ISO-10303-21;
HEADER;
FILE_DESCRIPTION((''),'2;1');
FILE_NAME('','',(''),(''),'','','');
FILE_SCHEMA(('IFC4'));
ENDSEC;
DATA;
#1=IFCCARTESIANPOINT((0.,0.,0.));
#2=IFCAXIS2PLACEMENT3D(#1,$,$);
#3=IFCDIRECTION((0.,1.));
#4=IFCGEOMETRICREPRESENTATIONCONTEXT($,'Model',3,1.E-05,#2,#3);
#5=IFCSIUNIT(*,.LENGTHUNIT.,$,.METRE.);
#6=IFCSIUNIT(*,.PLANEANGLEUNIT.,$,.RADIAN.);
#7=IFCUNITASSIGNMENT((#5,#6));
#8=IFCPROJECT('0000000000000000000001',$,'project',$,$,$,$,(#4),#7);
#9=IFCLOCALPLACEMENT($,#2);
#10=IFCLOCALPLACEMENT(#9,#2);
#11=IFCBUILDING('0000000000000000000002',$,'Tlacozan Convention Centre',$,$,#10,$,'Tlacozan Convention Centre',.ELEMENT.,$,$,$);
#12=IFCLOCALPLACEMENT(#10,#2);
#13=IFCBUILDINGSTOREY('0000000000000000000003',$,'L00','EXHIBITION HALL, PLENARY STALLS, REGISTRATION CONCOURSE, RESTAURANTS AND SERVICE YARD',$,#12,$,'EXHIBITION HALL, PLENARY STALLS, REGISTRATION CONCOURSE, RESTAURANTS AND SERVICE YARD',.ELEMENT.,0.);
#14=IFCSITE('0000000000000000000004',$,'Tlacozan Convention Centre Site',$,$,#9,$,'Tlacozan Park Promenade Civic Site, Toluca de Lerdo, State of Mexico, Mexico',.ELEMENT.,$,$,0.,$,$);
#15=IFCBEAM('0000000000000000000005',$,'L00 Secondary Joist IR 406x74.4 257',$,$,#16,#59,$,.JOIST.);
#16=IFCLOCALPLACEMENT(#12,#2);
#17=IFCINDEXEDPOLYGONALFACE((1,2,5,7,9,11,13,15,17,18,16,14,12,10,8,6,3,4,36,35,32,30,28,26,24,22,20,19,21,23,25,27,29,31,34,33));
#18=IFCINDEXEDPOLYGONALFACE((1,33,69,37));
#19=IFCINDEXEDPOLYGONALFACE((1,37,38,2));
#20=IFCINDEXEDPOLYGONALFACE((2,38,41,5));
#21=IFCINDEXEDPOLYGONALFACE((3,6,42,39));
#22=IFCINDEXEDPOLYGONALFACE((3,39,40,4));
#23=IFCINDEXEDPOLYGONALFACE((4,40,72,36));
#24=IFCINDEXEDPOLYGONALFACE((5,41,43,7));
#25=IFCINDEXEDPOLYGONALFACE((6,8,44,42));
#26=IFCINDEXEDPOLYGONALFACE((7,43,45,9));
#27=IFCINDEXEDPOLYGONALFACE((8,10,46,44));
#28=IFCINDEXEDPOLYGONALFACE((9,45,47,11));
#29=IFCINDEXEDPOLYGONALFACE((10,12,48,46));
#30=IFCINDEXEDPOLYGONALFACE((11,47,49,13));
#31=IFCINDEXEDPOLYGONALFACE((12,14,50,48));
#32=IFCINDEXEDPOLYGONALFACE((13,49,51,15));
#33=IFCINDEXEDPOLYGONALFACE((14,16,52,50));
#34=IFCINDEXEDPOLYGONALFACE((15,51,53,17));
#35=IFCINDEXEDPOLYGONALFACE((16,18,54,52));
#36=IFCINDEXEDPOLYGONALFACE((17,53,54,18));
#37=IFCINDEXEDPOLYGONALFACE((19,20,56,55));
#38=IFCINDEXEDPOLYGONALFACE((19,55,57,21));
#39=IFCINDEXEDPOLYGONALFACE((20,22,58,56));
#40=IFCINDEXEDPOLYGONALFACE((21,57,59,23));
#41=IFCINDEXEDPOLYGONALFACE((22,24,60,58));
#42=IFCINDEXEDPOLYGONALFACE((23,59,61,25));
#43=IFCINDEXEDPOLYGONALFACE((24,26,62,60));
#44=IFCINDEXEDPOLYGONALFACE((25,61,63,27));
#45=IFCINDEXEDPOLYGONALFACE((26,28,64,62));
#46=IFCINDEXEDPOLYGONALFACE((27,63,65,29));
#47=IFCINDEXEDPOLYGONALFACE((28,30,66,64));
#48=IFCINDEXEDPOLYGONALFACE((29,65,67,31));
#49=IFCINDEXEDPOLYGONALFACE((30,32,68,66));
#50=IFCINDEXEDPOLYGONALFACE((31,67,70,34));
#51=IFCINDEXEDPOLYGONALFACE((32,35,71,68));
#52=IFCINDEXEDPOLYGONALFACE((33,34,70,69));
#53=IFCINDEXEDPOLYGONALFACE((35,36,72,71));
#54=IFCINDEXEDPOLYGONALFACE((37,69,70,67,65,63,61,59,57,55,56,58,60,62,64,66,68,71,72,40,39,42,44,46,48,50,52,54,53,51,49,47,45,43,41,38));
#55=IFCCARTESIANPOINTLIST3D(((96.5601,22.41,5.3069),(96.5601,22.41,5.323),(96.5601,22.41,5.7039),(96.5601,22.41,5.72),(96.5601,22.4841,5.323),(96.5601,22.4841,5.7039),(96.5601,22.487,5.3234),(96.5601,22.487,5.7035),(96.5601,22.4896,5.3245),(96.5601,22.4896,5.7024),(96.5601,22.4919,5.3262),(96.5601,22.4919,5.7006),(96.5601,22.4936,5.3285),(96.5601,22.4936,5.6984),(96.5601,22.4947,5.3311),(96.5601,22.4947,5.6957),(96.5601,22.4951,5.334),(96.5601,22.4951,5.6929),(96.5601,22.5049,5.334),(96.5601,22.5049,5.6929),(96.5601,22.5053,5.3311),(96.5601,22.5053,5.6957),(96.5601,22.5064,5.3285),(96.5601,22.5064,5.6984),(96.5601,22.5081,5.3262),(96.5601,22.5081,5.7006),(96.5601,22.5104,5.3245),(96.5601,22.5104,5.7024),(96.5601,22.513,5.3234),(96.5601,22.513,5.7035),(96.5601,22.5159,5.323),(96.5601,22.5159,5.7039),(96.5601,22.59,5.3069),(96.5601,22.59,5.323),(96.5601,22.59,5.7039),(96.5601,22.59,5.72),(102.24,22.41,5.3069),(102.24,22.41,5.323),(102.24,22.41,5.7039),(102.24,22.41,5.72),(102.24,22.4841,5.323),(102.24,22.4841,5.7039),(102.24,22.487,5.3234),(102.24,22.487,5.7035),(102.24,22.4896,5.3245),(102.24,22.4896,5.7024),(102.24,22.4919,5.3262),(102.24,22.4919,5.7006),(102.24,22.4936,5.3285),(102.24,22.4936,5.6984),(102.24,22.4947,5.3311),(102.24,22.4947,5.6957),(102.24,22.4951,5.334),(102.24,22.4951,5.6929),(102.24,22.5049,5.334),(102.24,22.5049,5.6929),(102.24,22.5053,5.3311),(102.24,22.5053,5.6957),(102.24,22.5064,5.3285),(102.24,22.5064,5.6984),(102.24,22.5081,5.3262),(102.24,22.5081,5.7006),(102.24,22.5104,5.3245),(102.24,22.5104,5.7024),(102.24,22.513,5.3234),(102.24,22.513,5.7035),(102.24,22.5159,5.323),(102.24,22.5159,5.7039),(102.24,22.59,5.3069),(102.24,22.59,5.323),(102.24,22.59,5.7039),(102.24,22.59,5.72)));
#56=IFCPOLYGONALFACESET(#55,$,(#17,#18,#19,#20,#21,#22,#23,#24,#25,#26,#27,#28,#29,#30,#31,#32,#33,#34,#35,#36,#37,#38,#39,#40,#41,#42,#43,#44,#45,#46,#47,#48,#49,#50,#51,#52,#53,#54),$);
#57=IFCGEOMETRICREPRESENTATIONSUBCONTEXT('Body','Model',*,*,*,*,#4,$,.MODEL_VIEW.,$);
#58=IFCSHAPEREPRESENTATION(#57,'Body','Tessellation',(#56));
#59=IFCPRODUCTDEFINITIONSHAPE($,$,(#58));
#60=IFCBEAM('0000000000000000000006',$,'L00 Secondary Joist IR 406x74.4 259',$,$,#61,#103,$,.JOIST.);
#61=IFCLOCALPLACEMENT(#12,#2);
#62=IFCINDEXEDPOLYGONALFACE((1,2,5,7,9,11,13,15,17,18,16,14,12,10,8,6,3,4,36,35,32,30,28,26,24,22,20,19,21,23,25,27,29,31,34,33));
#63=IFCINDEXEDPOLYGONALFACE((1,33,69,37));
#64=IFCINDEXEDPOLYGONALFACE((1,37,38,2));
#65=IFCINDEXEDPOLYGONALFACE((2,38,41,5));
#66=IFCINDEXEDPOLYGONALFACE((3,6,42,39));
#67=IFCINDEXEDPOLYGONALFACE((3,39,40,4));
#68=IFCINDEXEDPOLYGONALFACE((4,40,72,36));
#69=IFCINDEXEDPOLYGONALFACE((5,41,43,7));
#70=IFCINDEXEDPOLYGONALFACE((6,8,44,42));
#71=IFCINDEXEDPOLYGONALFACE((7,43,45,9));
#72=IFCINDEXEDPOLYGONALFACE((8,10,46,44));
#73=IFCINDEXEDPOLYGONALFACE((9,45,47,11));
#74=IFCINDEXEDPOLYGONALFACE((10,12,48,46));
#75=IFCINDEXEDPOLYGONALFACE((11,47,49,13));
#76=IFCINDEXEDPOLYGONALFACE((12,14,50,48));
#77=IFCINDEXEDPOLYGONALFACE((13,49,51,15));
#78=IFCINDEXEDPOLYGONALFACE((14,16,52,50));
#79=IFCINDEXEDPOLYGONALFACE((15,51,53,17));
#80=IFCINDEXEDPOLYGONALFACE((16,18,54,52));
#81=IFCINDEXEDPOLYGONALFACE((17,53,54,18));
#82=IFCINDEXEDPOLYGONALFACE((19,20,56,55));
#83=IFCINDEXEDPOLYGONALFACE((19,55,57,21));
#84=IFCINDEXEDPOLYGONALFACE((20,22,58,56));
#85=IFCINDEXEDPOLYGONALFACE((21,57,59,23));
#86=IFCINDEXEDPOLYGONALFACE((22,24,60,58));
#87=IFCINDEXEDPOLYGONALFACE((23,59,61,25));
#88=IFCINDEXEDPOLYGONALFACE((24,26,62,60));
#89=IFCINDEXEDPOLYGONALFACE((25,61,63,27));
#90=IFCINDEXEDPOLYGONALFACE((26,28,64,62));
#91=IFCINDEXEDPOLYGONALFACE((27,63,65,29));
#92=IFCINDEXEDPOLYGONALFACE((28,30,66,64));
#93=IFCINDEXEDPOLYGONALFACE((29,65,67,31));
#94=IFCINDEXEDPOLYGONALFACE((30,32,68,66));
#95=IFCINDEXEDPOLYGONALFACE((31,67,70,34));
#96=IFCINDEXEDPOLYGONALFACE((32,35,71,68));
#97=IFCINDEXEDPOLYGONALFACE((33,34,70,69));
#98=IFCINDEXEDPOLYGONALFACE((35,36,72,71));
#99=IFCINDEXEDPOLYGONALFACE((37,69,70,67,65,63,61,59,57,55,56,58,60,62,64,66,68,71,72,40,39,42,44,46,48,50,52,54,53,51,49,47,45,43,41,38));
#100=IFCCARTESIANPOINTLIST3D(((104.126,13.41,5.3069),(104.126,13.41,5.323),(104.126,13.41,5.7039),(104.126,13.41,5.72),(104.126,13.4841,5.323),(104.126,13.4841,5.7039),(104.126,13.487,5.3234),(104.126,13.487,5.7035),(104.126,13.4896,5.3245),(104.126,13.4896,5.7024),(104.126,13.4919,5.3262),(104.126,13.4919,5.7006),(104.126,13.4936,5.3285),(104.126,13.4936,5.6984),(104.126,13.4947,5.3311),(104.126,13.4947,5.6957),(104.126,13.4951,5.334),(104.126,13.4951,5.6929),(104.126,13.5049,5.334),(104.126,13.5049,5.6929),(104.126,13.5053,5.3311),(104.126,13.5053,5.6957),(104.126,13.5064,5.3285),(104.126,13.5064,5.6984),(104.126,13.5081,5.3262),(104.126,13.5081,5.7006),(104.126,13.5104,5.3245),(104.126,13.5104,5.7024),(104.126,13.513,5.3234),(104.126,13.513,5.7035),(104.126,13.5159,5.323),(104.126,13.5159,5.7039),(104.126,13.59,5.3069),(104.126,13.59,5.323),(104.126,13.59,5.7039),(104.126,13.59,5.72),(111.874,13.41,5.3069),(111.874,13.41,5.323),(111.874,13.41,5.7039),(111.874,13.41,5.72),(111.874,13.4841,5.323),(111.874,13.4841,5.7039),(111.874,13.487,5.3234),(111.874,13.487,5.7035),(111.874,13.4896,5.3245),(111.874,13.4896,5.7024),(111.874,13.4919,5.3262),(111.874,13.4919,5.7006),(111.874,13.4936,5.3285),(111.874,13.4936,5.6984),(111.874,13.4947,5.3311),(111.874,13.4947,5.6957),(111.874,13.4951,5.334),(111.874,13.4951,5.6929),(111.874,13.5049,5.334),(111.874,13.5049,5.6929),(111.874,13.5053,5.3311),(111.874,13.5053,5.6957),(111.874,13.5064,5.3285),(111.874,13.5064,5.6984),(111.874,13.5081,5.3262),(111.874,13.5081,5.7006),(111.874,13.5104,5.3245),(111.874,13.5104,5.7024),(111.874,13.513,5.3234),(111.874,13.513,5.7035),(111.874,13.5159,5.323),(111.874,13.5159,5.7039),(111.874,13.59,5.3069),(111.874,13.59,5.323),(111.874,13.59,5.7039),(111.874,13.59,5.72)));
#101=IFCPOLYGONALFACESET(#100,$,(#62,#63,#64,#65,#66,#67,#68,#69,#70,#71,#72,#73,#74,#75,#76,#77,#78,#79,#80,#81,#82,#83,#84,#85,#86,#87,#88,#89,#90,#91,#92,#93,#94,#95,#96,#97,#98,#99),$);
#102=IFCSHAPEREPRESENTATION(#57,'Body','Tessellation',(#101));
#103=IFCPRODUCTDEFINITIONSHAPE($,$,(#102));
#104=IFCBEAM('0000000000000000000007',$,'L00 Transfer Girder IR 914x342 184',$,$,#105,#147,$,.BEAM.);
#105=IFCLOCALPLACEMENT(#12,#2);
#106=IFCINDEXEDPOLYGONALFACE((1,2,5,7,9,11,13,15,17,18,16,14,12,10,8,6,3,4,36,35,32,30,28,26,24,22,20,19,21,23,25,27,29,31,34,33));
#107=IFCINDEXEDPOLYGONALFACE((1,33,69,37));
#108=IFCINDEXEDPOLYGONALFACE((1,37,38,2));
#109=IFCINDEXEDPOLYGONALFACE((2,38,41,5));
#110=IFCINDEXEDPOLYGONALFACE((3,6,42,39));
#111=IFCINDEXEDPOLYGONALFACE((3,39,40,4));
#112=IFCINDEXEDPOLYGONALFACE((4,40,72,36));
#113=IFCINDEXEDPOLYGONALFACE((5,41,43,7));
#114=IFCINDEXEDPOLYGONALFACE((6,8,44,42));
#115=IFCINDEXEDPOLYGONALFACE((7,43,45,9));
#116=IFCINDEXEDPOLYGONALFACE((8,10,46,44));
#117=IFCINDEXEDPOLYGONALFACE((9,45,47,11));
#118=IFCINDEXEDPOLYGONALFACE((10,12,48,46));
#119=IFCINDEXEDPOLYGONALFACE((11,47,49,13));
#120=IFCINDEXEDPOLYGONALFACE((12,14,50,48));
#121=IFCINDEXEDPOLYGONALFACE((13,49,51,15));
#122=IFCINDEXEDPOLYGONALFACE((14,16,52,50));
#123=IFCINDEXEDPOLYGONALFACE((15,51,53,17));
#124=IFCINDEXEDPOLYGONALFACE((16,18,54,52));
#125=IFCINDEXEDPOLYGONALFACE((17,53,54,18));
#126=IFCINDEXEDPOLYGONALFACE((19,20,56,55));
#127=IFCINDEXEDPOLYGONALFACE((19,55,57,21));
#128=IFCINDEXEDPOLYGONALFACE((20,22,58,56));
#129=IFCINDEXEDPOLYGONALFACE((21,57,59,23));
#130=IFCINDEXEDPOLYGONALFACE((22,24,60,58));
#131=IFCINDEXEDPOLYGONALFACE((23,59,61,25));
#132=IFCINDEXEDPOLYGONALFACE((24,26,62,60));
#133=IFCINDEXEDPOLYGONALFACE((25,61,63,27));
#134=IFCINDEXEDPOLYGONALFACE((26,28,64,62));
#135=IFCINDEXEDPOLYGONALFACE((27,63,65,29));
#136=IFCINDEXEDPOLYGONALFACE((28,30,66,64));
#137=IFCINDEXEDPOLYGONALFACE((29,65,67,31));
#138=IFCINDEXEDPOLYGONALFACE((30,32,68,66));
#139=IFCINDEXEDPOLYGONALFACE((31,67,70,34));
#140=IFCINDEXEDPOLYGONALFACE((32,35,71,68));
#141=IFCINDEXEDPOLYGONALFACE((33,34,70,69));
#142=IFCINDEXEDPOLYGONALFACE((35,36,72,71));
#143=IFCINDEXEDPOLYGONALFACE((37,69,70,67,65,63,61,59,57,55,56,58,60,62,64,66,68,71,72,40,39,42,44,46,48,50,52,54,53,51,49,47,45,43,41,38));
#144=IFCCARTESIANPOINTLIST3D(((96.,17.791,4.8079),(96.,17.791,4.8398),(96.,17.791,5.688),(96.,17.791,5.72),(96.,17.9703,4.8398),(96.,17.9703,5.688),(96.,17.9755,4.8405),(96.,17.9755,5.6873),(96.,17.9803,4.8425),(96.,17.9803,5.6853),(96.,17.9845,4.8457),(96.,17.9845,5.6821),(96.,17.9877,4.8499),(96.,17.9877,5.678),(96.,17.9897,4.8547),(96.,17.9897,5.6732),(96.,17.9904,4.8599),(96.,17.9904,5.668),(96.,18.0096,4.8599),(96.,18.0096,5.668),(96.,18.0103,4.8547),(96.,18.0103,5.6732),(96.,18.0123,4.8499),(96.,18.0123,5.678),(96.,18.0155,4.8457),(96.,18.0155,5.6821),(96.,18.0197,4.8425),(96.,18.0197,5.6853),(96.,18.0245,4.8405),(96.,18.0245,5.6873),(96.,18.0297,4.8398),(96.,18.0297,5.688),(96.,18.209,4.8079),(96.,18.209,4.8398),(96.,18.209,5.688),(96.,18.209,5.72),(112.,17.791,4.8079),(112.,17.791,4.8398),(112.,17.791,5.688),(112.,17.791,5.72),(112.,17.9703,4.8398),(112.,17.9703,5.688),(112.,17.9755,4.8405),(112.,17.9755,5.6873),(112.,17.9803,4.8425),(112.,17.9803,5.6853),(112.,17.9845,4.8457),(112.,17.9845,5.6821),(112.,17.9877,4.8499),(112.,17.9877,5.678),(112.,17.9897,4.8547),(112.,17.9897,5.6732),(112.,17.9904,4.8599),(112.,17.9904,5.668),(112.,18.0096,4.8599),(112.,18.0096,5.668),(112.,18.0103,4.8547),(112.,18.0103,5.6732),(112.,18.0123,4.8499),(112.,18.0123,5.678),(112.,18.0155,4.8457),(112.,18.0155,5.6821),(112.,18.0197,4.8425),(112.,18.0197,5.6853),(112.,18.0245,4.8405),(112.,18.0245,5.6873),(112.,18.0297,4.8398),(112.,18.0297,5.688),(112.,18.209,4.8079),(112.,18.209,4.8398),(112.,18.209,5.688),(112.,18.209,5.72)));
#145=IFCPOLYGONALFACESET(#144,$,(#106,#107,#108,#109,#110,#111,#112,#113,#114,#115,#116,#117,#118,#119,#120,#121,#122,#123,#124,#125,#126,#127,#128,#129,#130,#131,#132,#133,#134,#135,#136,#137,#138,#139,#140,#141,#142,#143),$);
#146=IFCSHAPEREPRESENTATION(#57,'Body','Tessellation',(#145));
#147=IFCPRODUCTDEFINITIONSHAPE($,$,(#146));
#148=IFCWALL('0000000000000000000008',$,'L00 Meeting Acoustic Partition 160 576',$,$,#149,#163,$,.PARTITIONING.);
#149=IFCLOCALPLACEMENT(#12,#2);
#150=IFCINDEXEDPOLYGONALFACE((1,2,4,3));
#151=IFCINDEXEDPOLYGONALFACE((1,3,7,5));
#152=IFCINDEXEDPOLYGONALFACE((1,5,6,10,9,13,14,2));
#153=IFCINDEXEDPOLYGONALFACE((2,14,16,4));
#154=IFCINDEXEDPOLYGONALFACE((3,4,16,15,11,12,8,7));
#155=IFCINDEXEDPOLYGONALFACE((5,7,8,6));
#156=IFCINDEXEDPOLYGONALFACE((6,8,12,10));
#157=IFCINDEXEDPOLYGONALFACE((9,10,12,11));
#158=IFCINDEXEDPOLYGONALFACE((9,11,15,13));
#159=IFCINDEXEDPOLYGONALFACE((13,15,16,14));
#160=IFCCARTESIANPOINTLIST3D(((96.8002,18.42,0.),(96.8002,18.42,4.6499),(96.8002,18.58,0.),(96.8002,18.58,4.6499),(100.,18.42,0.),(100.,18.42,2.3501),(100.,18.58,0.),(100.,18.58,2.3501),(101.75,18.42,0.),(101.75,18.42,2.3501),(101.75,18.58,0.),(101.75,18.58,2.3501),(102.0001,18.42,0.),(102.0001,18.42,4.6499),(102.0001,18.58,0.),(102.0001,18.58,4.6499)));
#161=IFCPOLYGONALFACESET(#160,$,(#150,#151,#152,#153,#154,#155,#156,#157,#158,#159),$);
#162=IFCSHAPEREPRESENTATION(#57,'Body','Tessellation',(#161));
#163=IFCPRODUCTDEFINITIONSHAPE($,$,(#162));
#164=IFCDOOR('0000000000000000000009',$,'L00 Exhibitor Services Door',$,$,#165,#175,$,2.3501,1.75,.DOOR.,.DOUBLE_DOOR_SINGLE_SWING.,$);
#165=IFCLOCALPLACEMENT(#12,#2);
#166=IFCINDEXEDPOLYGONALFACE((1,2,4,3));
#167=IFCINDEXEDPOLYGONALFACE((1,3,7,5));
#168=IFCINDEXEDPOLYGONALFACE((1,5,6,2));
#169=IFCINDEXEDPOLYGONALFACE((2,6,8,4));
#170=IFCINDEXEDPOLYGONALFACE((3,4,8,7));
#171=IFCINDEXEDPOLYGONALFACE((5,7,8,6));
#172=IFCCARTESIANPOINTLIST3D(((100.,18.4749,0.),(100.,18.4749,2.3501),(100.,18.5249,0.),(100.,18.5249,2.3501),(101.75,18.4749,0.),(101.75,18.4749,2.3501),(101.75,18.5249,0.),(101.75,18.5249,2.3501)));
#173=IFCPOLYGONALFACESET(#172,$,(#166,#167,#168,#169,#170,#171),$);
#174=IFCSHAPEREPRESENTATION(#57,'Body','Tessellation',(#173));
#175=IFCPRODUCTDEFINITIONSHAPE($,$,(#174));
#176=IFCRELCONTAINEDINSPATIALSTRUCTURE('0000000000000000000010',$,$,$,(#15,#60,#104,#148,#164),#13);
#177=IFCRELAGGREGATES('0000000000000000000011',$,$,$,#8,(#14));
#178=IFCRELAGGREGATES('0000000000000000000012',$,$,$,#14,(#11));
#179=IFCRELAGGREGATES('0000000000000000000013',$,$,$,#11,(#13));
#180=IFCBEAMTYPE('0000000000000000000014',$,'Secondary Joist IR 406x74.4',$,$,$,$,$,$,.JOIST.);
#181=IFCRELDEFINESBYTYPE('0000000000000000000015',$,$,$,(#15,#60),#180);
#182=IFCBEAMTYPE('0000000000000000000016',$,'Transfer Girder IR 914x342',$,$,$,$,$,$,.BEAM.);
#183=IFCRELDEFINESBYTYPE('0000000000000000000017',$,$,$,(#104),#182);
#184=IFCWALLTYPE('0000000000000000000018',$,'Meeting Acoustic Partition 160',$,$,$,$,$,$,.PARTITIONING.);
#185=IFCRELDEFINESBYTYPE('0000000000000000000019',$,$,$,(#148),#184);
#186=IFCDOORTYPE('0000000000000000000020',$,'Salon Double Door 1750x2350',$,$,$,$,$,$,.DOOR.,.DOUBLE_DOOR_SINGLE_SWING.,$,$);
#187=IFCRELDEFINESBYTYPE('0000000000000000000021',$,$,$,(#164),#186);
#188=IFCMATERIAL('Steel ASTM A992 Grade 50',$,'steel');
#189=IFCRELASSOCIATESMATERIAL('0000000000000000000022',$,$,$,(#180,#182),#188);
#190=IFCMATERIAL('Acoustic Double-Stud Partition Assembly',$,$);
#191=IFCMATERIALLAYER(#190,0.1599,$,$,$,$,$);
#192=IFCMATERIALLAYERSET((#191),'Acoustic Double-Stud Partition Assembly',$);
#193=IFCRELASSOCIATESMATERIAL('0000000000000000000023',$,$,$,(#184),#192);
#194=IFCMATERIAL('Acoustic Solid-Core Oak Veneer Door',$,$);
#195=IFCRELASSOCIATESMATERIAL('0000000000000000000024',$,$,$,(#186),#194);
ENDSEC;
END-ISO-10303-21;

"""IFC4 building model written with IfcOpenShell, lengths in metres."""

from ifc_helpers import new_model, si_unit, direction, frame, frame_2d, origin, origin_2d, place, context, subcontext, project, spatial, rectangle, i_section, extrude, material, layer, layer_set, material_profile, profile_set, type_object, element, fill, save


model = new_model("IFC4")

# Units and contexts
model_context = context("Model", 3, precision=1e-05, world=origin(), true_north=direction((0.0, 1.0)))
body_context = subcontext(model_context, "Body", "Model", "MODEL_VIEW")
ifc_project = project(units=[si_unit("LENGTHUNIT", "METRE"), si_unit("PLANEANGLEUNIT", "RADIAN")], contexts=[model_context])

# Site, building, storey
site_placement = place(None, origin())
site = spatial("IfcSite", under=ifc_project, at=site_placement, Name="Tlacozan Convention Centre Site", LongName="Tlacozan Park Promenade Civic Site, Toluca de Lerdo, State of Mexico, Mexico", CompositionType="ELEMENT", RefElevation=0.0)
building_placement = place(site_placement, origin())
building = spatial("IfcBuilding", under=site, at=building_placement, Name="Tlacozan Convention Centre", LongName="Tlacozan Convention Centre", CompositionType="ELEMENT")
storey_placement = place(building_placement, origin())
storey = spatial("IfcBuildingStorey", under=building, at=storey_placement, Name="L00", Description="EXHIBITION HALL, PLENARY STALLS, REGISTRATION CONCOURSE, RESTAURANTS AND SERVICE YARD", LongName="EXHIBITION HALL, PLENARY STALLS, REGISTRATION CONCOURSE, RESTAURANTS AND SERVICE YARD", CompositionType="ELEMENT", Elevation=0.0)

# Beams
ifc_material_1 = material(Name="Steel ASTM A992 Grade 50", Category="steel")
ifc_material_profile_1 = material_profile(ifc_material_1, i_section(OverallWidth=0.1799, OverallDepth=0.4131, WebThickness=0.0098, FlangeThickness=0.0161, FilletRadius=0.011, at=origin_2d()), Name="IR 406x74.4")
ifc_profile_set_1 = profile_set([ifc_material_profile_1], Name="Steel ASTM A992 Grade 50")
beam_type_1 = type_object("IfcBeamType", Name="Secondary Joist IR 406x74.4", PredefinedType="JOIST", material=ifc_profile_set_1)
beam_1_placement = place(storey_placement, frame((96.5601, 22.5, 5.5134), z_axis=(1.0, 0.0, 0.0), x_axis=(0.0, 1.0, 0.0)))
element("IfcBeam", 1, at=beam_1_placement, inside=storey, type_object=beam_type_1, Name="L00 Secondary Joist IR 406x74.4 257", PredefinedType="JOIST", context=body_context, shape_type="SweptSolid", body=[
    extrude(i_section(OverallWidth=0.1799, OverallDepth=0.4131, WebThickness=0.0098, FlangeThickness=0.0161, FilletRadius=0.011, at=origin_2d()), origin(), (0.0, 0.0, 1.0), 5.6799),
])
beam_2_placement = place(storey_placement, frame((104.126, 13.5, 5.5134), z_axis=(1.0, 0.0, 0.0), x_axis=(0.0, 1.0, 0.0)))
element("IfcBeam", 2, at=beam_2_placement, inside=storey, type_object=beam_type_1, Name="L00 Secondary Joist IR 406x74.4 259", PredefinedType="JOIST", context=body_context, shape_type="SweptSolid", body=[
    extrude(i_section(OverallWidth=0.1799, OverallDepth=0.4131, WebThickness=0.0098, FlangeThickness=0.0161, FilletRadius=0.011, at=origin_2d()), origin(), (0.0, 0.0, 1.0), 7.748),
])
ifc_material_profile_2 = material_profile(ifc_material_1, i_section(OverallWidth=0.418, OverallDepth=0.9121, WebThickness=0.0193, FlangeThickness=0.032, FilletRadius=0.02, at=origin_2d()), Name="IR 914x342.0")
ifc_profile_set_2 = profile_set([ifc_material_profile_2], Name="Steel ASTM A992 Grade 50")
beam_type_2 = type_object("IfcBeamType", Name="Transfer Girder IR 914x342", PredefinedType="BEAM", material=ifc_profile_set_2)
beam_3_placement = place(storey_placement, frame((96.0, 18.0, 5.2639), z_axis=(1.0, 0.0, 0.0), x_axis=(0.0, 1.0, 0.0)))
element("IfcBeam", 3, at=beam_3_placement, inside=storey, type_object=beam_type_2, Name="L00 Transfer Girder IR 914x342 184", PredefinedType="BEAM", context=body_context, shape_type="SweptSolid", body=[
    extrude(i_section(OverallWidth=0.418, OverallDepth=0.9121, WebThickness=0.0193, FlangeThickness=0.032, FilletRadius=0.02, at=origin_2d()), origin(), (0.0, 0.0, 1.0), 16.0),
])

# Wall, opening, door
ifc_material_2 = material(Name="Acoustic Double-Stud Partition Assembly")
ifc_layer_1 = layer(ifc_material_2, 0.1599)
ifc_layer_set_1 = layer_set([ifc_layer_1], Name="Acoustic Double-Stud Partition Assembly")
wall_type_1 = type_object("IfcWallType", Name="Meeting Acoustic Partition 160", PredefinedType="PARTITIONING", material=ifc_layer_set_1)
wall_1_placement = place(storey_placement, frame((96.8, 18.5, 0.0), z_axis=(0.0, 0.0, 1.0), x_axis=(1.0, 0.0, 0.0)))
wall_1 = element("IfcWall", 4, at=wall_1_placement, inside=storey, type_object=wall_type_1, Name="L00 Meeting Acoustic Partition 160 576", PredefinedType="PARTITIONING", context=body_context, shape_type="SweptSolid", body=[
    extrude(rectangle(XDim=5.2, YDim=0.1599, at=frame_2d((2.6001, 0.0))), origin(), (0.0, 0.0, 1.0), 4.6499),
])
opening_1_placement = place(wall_1_placement, frame((3.2, 0.0, 0.0)))
opening_1 = element("IfcOpeningElement", 5, at=opening_1_placement, cuts=wall_1, PredefinedType="OPENING", context=body_context, shape_type="SweptSolid", body=[
    extrude(rectangle(XDim=1.75, YDim=2.3501, at=frame_2d((0.875, 1.175))), frame((0.0, 0.0898, 0.0), z_axis=(0.0, -1.0, 0.0), x_axis=(1.0, 0.0, 0.0)), (0.0, 0.0, 1.0), 0.1799),
])
ifc_material_3 = material(Name="Acoustic Solid-Core Oak Veneer Door")
door_type_1 = type_object("IfcDoorType", Name="Salon Double Door 1750x2350", OperationType="DOUBLE_DOOR_SINGLE_SWING", PredefinedType="DOOR", material=ifc_material_3)
door_1_placement = place(opening_1_placement, origin())
door_1 = element("IfcDoor", 6, at=door_1_placement, inside=storey, type_object=door_type_1, Name="L00 Exhibitor Services Door", OperationType="DOUBLE_DOOR_SINGLE_SWING", OverallHeight=2.3501, OverallWidth=1.75, PredefinedType="DOOR", context=body_context, shape_type="SweptSolid", body=[
    extrude(rectangle(XDim=1.75, YDim=2.3501, at=frame_2d((0.875, 1.175))), frame((0.0, 0.0249, 0.0), z_axis=(0.0, -1.0, 0.0), x_axis=(1.0, 0.0, 0.0)), (0.0, 0.0, 1.0), 0.05),
])
fill(opening_1, door_1)

save(model, "model.ifc")
